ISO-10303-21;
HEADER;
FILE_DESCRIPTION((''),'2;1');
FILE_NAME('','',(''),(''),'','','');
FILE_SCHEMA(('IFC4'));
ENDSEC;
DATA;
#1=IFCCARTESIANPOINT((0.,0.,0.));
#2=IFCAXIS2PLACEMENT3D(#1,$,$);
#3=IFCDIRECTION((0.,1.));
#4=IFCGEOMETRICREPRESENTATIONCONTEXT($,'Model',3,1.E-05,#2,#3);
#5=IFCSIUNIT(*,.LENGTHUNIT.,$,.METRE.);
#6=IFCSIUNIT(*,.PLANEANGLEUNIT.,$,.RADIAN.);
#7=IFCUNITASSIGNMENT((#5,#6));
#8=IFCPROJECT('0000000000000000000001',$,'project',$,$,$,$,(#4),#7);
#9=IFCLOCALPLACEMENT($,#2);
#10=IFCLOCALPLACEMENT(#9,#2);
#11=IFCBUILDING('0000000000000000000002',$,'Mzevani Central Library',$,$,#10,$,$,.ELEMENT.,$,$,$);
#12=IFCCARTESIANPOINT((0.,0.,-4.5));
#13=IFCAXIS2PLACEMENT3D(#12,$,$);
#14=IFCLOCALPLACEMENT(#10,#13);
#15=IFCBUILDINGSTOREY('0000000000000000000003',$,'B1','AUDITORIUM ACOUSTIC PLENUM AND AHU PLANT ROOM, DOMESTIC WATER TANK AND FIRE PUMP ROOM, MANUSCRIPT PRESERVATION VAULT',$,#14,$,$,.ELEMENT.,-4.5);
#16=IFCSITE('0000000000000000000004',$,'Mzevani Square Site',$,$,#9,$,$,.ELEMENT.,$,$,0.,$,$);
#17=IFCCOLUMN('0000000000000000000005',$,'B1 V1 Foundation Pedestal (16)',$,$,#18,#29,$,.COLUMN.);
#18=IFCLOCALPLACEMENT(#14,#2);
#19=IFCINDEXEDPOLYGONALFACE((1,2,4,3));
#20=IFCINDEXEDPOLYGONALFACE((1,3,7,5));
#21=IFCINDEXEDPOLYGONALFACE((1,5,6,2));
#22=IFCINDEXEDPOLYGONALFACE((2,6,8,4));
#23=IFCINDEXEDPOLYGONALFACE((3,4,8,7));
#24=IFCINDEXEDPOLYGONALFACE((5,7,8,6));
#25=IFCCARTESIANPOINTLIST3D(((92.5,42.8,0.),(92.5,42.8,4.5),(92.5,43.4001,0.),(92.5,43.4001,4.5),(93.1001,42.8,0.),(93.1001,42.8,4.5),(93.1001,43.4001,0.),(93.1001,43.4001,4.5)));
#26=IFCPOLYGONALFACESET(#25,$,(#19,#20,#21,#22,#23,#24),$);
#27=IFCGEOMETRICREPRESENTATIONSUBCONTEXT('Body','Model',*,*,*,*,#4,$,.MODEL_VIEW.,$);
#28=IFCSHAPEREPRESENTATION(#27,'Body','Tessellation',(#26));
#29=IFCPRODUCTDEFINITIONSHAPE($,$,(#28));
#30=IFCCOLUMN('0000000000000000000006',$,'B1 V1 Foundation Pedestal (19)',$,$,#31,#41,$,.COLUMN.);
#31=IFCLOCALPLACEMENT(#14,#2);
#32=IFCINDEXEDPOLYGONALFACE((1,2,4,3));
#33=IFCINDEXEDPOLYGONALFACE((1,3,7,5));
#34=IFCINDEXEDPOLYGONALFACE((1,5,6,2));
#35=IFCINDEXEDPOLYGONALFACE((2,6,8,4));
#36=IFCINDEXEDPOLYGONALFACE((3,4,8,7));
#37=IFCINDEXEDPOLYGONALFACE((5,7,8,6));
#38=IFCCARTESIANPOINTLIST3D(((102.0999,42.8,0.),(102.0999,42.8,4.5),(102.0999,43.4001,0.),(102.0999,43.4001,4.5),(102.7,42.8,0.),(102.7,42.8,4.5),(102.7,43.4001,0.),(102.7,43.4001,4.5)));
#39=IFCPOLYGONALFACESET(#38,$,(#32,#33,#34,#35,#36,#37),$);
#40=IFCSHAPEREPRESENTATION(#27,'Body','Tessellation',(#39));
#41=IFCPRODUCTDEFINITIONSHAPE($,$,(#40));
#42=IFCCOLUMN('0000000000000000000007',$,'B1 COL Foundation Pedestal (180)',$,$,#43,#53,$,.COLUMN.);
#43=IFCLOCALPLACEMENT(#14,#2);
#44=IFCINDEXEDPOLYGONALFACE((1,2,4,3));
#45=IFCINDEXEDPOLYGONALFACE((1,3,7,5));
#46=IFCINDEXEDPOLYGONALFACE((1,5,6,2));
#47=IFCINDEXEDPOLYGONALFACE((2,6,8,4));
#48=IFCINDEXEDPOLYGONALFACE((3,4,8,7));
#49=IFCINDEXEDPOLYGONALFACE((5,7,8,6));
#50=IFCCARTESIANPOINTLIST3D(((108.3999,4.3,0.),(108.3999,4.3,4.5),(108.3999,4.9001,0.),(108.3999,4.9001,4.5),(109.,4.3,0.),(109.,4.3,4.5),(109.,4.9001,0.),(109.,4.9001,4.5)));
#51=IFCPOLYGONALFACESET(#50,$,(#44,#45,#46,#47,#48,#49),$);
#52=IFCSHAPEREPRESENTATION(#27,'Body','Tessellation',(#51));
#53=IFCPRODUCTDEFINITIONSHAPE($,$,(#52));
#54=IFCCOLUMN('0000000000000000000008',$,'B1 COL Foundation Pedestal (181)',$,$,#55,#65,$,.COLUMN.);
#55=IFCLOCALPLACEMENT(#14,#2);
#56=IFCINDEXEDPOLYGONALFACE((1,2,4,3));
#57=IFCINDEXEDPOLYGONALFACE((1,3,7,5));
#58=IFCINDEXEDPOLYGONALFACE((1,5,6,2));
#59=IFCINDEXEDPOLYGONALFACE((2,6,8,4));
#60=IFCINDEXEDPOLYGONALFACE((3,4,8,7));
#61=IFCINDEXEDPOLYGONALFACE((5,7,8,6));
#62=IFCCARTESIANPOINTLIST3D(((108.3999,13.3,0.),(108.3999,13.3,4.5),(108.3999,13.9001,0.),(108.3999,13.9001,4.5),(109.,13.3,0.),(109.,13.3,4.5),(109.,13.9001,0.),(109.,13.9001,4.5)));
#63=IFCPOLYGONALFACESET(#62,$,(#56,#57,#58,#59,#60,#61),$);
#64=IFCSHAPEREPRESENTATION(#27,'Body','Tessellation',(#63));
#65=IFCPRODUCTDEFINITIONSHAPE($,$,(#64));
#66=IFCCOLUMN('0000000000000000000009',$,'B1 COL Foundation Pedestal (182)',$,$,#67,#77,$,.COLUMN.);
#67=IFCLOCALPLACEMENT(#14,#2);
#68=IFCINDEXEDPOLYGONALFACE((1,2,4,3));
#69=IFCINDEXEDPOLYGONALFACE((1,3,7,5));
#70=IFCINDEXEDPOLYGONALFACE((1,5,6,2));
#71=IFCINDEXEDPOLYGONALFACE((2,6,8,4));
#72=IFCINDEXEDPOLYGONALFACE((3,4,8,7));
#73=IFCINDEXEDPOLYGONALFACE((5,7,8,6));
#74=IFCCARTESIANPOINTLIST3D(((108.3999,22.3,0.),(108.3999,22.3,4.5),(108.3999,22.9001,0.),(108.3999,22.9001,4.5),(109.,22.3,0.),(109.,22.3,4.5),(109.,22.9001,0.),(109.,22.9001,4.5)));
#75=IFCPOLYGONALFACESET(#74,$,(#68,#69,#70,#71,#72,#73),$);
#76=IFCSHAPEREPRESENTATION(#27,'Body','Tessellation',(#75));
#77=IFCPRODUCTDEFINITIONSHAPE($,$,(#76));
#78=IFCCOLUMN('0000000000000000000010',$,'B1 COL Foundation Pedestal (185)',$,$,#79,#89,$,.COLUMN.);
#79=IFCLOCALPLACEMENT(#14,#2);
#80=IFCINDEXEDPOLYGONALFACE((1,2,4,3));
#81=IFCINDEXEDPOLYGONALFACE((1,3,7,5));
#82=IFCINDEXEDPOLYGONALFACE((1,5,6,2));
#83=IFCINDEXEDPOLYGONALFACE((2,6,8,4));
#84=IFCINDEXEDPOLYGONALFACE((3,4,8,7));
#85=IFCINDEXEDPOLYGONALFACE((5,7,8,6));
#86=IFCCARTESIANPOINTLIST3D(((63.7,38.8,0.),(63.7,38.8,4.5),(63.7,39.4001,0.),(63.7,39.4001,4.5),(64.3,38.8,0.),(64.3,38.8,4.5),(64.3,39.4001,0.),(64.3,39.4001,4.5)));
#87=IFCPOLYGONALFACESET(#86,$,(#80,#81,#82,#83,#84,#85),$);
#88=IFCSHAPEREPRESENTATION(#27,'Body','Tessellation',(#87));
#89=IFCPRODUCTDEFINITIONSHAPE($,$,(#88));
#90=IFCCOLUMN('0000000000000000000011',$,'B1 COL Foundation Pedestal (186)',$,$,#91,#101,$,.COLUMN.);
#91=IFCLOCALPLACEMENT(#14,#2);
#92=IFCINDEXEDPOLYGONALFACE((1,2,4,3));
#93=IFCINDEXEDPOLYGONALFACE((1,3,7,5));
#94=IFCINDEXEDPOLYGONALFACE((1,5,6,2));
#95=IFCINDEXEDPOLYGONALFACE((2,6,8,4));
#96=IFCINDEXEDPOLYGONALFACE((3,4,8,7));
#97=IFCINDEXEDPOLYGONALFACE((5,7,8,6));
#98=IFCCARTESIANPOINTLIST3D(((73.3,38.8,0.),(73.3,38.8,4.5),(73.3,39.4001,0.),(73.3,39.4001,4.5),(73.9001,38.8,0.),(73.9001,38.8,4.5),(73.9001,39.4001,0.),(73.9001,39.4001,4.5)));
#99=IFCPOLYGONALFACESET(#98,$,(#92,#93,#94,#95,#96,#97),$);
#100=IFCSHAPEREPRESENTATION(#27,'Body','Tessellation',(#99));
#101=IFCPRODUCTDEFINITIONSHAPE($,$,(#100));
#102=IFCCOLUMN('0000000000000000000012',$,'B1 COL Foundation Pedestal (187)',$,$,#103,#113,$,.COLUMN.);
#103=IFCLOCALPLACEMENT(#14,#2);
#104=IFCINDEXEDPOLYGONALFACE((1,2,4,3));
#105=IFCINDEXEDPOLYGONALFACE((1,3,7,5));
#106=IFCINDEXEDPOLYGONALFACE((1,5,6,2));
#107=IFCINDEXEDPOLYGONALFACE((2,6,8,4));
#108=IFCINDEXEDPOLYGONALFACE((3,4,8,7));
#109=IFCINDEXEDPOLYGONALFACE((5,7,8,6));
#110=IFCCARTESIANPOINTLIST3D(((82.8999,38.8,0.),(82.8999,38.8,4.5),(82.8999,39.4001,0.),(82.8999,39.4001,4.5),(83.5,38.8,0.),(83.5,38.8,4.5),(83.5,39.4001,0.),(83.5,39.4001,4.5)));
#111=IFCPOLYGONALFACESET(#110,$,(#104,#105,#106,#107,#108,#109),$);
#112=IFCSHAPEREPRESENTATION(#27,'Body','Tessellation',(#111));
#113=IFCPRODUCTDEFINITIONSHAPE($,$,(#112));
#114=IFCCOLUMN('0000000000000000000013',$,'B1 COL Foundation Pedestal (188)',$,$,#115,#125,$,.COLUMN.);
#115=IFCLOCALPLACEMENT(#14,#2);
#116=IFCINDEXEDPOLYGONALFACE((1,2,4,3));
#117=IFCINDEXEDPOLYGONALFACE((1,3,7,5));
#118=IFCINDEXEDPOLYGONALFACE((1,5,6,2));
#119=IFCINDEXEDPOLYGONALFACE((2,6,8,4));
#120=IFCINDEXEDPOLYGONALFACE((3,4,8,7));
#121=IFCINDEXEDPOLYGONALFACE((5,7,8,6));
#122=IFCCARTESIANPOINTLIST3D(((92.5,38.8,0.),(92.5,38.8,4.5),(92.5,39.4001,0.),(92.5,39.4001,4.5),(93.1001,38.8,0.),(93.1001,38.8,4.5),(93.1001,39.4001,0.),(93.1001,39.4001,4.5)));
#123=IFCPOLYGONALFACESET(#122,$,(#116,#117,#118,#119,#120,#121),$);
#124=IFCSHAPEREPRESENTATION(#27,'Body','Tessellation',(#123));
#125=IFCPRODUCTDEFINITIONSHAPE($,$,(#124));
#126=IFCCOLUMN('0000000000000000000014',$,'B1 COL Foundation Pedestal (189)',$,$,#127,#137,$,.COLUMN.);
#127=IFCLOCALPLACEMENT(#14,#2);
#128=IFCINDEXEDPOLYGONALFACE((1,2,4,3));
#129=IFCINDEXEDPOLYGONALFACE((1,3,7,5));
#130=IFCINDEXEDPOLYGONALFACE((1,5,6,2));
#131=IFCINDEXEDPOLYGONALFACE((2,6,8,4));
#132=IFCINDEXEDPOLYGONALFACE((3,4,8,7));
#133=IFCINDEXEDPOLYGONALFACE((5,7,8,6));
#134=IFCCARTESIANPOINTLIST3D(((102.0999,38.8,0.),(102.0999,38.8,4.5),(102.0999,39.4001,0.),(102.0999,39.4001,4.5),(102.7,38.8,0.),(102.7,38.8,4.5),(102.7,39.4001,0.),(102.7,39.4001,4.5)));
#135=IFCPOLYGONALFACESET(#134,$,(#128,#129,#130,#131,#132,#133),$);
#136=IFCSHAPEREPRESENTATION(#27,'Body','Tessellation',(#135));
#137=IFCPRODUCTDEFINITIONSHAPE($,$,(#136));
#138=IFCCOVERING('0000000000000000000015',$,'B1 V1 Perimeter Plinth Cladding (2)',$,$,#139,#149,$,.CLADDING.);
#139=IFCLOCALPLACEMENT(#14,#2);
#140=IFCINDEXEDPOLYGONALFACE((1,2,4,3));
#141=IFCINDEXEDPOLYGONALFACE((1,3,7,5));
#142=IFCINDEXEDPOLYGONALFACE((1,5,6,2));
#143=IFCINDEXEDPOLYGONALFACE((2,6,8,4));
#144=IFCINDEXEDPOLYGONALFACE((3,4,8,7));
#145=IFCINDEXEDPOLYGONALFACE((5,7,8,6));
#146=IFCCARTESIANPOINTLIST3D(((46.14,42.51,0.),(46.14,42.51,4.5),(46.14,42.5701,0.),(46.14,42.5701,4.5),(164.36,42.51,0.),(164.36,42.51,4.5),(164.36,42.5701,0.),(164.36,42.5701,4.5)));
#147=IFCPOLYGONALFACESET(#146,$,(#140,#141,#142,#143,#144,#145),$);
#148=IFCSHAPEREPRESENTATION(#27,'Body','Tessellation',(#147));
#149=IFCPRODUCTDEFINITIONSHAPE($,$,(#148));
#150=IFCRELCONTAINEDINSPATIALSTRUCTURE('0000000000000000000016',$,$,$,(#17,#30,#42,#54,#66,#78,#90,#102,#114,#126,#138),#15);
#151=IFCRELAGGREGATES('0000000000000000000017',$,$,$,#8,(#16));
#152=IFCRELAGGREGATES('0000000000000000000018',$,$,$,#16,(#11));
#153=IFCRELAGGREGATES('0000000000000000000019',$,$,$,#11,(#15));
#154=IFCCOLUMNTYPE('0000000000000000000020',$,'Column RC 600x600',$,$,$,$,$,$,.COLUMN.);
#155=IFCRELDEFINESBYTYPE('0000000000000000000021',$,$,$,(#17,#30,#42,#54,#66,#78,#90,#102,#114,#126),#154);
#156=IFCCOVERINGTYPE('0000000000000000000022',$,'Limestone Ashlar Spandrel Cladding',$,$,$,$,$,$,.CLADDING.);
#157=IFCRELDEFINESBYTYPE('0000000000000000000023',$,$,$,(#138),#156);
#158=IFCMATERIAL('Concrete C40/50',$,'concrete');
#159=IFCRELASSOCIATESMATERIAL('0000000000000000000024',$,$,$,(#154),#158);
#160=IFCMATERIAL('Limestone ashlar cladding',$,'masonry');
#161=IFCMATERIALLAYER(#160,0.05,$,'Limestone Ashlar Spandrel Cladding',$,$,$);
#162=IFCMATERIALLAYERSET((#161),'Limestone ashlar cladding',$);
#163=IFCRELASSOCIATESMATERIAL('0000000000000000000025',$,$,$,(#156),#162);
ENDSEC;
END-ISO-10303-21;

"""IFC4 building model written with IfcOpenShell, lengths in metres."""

from ifc_helpers import new_model, si_unit, direction, frame, origin, origin_2d, place, context, subcontext, project, spatial, rectangle, extrude, material, layer, layer_set, material_profile, profile_set, type_object, element, save


model = new_model("IFC4")

# Units and contexts
model_context = context("Model", 3, precision=1e-05, world=origin(), true_north=direction((0.0, 1.0)))
body_context = subcontext(model_context, "Body", "Model", "MODEL_VIEW")
ifc_project = project(units=[si_unit("LENGTHUNIT", "METRE"), si_unit("PLANEANGLEUNIT", "RADIAN")], contexts=[model_context])

# Site, building, storey
site_placement = place(None, origin())
site = spatial("IfcSite", under=ifc_project, at=site_placement, Name="Mzevani Square Site", CompositionType="ELEMENT", RefElevation=0.0)
building_placement = place(site_placement, origin())
building = spatial("IfcBuilding", under=site, at=building_placement, Name="Mzevani Central Library", CompositionType="ELEMENT")
storey_placement = place(building_placement, frame((0.0, 0.0, -4.5)))
storey = spatial("IfcBuildingStorey", under=building, at=storey_placement, Name="B1", Description="AUDITORIUM ACOUSTIC PLENUM AND AHU PLANT ROOM, DOMESTIC WATER TANK AND FIRE PUMP ROOM, MANUSCRIPT PRESERVATION VAULT", CompositionType="ELEMENT", Elevation=-4.5)

# Shared definitions
ifc_material_1 = material(Name="Concrete C40/50", Category="concrete")

# Columns
ifc_material_profile_1 = material_profile(ifc_material_1, rectangle(XDim=0.6001, YDim=0.6001, at=origin_2d()), Name="RC 600x600")
ifc_profile_set_1 = profile_set([ifc_material_profile_1], Name="Concrete C40/50")
column_type = type_object("IfcColumnType", Name="Column RC 600x600", PredefinedType="COLUMN", material=ifc_profile_set_1)
for number, where, z_axis, x_axis, name in (
    (1, (92.8, 43.1001, 0.0), (0.0, 0.0, 1.0), (1.0, 0.0, 0.0), "B1 V1 Foundation Pedestal (16)"),
    (2, (102.3999, 43.1001, 0.0), (0.0, 0.0, 1.0), (1.0, 0.0, 0.0), "B1 V1 Foundation Pedestal (19)"),
    (3, (108.7, 4.6001, 0.0), (0.0, 0.0, 1.0), (1.0, 0.0, 0.0), "B1 COL Foundation Pedestal (180)"),
    (4, (108.7, 13.6001, 0.0), (0.0, 0.0, 1.0), (1.0, 0.0, 0.0), "B1 COL Foundation Pedestal (181)"),
    (5, (108.7, 22.6001, 0.0), (0.0, 0.0, 1.0), (1.0, 0.0, 0.0), "B1 COL Foundation Pedestal (182)"),
    (6, (64.0, 39.1001, 0.0), (0.0, 0.0, 1.0), (1.0, 0.0, 0.0), "B1 COL Foundation Pedestal (185)"),
    (7, (73.6001, 39.1001, 0.0), (0.0, 0.0, 1.0), (1.0, 0.0, 0.0), "B1 COL Foundation Pedestal (186)"),
    (8, (83.2, 39.1001, 0.0), (0.0, 0.0, 1.0), (1.0, 0.0, 0.0), "B1 COL Foundation Pedestal (187)"),
    (9, (92.8, 39.1001, 0.0), (0.0, 0.0, 1.0), (1.0, 0.0, 0.0), "B1 COL Foundation Pedestal (188)"),
    (10, (102.3999, 39.1001, 0.0), (0.0, 0.0, 1.0), (1.0, 0.0, 0.0), "B1 COL Foundation Pedestal (189)"),
):
    element("IfcColumn", number, at=place(storey_placement, frame(where, z_axis=z_axis, x_axis=x_axis)), inside=storey, type_object=column_type, Name=name, PredefinedType="COLUMN", context=body_context, shape_type="SweptSolid", body=[
        extrude(rectangle(XDim=0.6001, YDim=0.6001, at=origin_2d()), origin(), (0.0, 0.0, 1.0), 4.5),
    ])

# Covering
ifc_material_2 = material(Name="Limestone ashlar cladding", Category="masonry")
ifc_layer = layer(ifc_material_2, 0.05, Name="Limestone Ashlar Spandrel Cladding")
ifc_layer_set = layer_set([ifc_layer], Name="Limestone ashlar cladding")
covering_type = type_object("IfcCoveringType", Name="Limestone Ashlar Spandrel Cladding", PredefinedType="CLADDING", material=ifc_layer_set)
covering_placement = place(storey_placement, frame((105.25, 42.54, 0.0), z_axis=(0.0, 0.0, 1.0), x_axis=(-1.0, 0.0, 0.0)))
element("IfcCovering", 11, at=covering_placement, inside=storey, type_object=covering_type, Name="B1 V1 Perimeter Plinth Cladding (2)", PredefinedType="CLADDING", context=body_context, shape_type="SweptSolid", body=[
    extrude(rectangle(XDim=118.22, YDim=0.0601, at=origin_2d()), origin(), (0.0, 0.0, 1.0), 4.5),
])

save(model, "model.ifc")
